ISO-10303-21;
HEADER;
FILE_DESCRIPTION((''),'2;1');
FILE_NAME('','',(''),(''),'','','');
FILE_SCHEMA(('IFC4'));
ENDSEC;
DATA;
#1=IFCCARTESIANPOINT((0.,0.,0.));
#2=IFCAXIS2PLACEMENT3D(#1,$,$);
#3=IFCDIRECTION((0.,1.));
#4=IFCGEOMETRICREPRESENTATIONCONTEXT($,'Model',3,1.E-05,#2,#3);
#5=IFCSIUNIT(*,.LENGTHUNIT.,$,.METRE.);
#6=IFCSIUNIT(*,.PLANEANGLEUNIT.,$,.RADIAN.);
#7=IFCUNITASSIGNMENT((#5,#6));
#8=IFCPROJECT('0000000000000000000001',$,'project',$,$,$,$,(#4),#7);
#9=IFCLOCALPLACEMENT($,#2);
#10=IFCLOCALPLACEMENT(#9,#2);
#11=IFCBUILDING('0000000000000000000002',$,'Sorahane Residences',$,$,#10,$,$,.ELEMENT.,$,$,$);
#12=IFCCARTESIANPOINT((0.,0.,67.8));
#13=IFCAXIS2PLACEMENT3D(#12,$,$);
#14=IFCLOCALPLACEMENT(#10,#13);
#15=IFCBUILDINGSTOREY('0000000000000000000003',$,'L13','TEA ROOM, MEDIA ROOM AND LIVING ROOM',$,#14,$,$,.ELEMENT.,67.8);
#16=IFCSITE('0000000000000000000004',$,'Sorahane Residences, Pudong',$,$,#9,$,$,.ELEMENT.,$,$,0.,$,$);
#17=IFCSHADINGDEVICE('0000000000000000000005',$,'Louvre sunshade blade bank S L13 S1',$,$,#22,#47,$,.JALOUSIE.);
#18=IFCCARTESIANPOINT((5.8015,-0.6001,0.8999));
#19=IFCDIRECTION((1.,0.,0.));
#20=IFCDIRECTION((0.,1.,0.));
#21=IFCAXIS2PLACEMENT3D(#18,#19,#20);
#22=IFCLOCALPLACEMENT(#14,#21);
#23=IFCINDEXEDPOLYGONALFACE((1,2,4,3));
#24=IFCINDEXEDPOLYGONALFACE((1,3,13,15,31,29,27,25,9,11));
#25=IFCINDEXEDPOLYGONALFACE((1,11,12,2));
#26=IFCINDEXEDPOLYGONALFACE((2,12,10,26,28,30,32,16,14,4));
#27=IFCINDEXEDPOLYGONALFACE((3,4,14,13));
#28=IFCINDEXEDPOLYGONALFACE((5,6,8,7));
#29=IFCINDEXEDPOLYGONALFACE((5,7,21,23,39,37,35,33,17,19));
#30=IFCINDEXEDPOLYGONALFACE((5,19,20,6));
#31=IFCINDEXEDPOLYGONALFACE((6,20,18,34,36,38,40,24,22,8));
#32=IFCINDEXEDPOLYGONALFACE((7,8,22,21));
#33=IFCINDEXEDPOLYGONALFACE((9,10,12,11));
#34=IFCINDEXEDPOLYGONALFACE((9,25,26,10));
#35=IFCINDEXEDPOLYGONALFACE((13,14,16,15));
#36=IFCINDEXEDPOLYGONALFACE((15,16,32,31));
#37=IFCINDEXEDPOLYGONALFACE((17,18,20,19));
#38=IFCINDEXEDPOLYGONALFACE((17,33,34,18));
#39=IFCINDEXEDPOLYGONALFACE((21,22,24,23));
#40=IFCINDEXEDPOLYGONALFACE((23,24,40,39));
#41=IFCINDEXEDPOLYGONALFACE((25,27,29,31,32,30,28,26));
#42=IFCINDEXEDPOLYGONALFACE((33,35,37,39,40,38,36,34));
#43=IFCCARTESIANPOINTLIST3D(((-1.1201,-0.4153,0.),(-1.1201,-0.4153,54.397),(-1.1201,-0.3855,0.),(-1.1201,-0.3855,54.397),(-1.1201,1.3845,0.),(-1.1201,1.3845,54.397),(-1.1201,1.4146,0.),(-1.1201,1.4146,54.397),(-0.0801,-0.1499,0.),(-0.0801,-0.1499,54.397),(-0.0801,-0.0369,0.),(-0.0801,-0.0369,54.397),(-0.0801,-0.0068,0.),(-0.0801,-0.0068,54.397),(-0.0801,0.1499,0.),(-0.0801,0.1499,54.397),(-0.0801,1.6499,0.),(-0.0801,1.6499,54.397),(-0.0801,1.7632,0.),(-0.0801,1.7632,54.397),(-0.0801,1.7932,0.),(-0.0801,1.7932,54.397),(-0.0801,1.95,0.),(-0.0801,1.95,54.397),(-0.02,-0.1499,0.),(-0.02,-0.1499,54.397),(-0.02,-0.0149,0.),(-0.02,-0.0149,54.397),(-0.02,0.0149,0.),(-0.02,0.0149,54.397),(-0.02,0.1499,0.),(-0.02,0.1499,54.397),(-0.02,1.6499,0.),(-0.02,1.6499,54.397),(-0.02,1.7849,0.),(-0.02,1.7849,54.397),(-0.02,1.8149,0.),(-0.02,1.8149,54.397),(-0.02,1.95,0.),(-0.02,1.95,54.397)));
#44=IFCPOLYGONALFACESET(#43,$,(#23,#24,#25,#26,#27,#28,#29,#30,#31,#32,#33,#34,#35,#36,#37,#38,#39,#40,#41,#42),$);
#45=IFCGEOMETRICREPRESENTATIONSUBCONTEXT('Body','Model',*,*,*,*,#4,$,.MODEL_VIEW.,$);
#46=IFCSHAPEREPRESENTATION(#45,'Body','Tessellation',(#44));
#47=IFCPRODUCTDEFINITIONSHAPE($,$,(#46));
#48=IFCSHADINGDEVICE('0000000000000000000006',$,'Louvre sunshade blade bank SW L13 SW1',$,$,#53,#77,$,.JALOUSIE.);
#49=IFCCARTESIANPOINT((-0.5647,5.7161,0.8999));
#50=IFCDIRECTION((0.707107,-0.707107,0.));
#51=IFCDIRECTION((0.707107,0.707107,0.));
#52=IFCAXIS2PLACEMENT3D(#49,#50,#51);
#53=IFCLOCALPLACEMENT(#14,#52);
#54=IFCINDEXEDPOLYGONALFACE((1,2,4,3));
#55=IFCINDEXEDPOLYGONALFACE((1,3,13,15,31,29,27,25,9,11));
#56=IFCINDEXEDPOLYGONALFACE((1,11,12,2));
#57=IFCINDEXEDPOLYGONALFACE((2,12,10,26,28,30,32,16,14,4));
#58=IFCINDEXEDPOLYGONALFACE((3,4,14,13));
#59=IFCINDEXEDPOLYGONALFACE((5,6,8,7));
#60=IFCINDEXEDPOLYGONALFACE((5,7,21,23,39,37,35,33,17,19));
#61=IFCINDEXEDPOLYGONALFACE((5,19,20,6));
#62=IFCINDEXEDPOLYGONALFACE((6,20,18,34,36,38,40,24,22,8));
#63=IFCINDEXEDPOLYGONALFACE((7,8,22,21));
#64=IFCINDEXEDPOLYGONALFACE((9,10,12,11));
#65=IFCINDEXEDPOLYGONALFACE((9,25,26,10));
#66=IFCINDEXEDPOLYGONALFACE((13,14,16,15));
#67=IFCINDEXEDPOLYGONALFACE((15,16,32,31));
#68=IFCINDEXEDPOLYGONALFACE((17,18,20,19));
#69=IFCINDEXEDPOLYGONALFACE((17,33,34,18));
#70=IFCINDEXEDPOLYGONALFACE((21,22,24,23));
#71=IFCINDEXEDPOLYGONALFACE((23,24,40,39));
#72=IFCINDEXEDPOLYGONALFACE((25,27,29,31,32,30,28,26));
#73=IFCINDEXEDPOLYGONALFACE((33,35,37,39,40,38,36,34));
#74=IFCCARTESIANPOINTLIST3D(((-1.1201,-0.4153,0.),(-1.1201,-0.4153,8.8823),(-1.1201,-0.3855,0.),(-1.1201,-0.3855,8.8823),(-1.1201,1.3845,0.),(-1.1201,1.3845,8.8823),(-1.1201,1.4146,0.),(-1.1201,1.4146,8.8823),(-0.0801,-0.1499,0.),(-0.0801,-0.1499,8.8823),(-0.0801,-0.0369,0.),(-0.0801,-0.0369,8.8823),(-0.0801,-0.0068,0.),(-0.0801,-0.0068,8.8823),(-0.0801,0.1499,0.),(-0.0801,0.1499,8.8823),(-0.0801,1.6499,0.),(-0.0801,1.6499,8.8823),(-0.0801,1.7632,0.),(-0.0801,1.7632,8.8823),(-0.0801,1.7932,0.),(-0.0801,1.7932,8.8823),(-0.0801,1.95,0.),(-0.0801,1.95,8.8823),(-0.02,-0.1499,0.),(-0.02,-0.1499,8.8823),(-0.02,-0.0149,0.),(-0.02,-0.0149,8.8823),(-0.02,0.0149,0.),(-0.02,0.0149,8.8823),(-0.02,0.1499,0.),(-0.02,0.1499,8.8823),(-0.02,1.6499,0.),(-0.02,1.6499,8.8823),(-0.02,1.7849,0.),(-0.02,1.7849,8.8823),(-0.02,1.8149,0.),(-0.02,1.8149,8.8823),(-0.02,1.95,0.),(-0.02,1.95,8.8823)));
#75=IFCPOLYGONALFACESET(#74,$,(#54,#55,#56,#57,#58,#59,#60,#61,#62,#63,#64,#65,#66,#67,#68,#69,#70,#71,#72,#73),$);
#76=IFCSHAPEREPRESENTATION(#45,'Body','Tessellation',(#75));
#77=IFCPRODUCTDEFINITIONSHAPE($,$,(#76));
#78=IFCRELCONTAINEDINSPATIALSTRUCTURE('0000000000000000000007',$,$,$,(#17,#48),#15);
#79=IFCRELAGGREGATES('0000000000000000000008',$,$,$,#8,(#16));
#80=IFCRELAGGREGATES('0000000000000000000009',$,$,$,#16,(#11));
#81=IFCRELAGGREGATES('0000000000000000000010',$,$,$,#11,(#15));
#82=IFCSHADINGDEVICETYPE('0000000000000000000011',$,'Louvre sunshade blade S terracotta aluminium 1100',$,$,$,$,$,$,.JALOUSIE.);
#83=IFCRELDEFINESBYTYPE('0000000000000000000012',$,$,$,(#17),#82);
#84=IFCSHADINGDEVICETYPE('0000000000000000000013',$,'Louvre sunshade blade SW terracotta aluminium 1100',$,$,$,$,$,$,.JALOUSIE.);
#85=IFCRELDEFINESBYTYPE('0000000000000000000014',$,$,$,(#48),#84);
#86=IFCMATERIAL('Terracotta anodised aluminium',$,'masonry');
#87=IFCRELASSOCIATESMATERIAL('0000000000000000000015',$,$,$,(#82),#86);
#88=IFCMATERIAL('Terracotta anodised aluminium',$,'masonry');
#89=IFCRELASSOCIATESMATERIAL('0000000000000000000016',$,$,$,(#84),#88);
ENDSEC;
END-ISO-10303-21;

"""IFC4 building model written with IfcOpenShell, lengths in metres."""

from ifc_helpers import new_model, si_unit, direction, frame, origin, place, context, subcontext, project, spatial, polyline, outline, composite_profile, extrude, material, type_object, element, save


model = new_model("IFC4")

# Units and contexts
model_context = context("Model", 3, precision=1e-05, world=origin(), true_north=direction((0.0, 1.0)))
body_context = subcontext(model_context, "Body", "Model", "MODEL_VIEW")
ifc_project = project(units=[si_unit("LENGTHUNIT", "METRE"), si_unit("PLANEANGLEUNIT", "RADIAN")], contexts=[model_context])

# Site, building, storey
site_placement = place(None, origin())
site = spatial("IfcSite", under=ifc_project, at=site_placement, Name="Sorahane Residences, Pudong", CompositionType="ELEMENT", RefElevation=0.0)
building_placement = place(site_placement, origin())
building = spatial("IfcBuilding", under=site, at=building_placement, Name="Sorahane Residences", CompositionType="ELEMENT")
storey_placement = place(building_placement, frame((0.0, 0.0, 67.8)))
storey = spatial("IfcBuildingStorey", under=building, at=storey_placement, Name="L13", Description="TEA ROOM, MEDIA ROOM AND LIVING ROOM", CompositionType="ELEMENT", Elevation=67.8)

# Shading devices
ifc_material_1 = material(Name="Terracotta anodised aluminium", Category="masonry")
shading_device_type_1 = type_object("IfcShadingDeviceType", Name="Louvre sunshade blade S terracotta aluminium 1100", PredefinedType="JALOUSIE", material=ifc_material_1)
shading_device_1_placement = place(storey_placement, frame((5.8015, -0.6001, 0.8999), z_axis=(1.0, 0.0, 0.0), x_axis=(0.0, 1.0, 0.0)))
element("IfcShadingDevice", 1, at=shading_device_1_placement, inside=storey, type_object=shading_device_type_1, Name="Louvre sunshade blade bank S L13 S1", PredefinedType="JALOUSIE", context=body_context, shape_type="SweptSolid", body=[
    extrude(composite_profile([outline(polyline([(-1.1201, -0.3855), (-1.1201, -0.4153), (-0.0801, -0.0369), (-0.0801, -0.1499), (-0.02, -0.1499), (-0.02, -0.0149), (-0.02, 0.0149), (-0.02, 0.1499), (-0.0801, 0.1499), (-0.0801, -0.0068), (-1.1201, -0.3855)])), outline(polyline([(-1.1201, 1.4146), (-1.1201, 1.3845), (-0.0801, 1.7632), (-0.0801, 1.6499), (-0.02, 1.6499), (-0.02, 1.7849), (-0.02, 1.8149), (-0.02, 1.95), (-0.0801, 1.95), (-0.0801, 1.7932), (-1.1201, 1.4146)]))]), origin(), (0.0, 0.0, 1.0), 54.397),
])
ifc_material_2 = material(Name="Terracotta anodised aluminium", Category="masonry")
shading_device_type_2 = type_object("IfcShadingDeviceType", Name="Louvre sunshade blade SW terracotta aluminium 1100", PredefinedType="JALOUSIE", material=ifc_material_2)
shading_device_2_placement = place(storey_placement, frame((-0.5647, 5.7161, 0.8999), z_axis=(0.707107, -0.707107, 0.0), x_axis=(0.707107, 0.707107, 0.0)))
element("IfcShadingDevice", 2, at=shading_device_2_placement, inside=storey, type_object=shading_device_type_2, Name="Louvre sunshade blade bank SW L13 SW1", PredefinedType="JALOUSIE", context=body_context, shape_type="SweptSolid", body=[
    extrude(composite_profile([outline(polyline([(-1.1201, -0.3855), (-1.1201, -0.4153), (-0.0801, -0.0369), (-0.0801, -0.1499), (-0.02, -0.1499), (-0.02, -0.0149), (-0.02, 0.0149), (-0.02, 0.1499), (-0.0801, 0.1499), (-0.0801, -0.0068), (-1.1201, -0.3855)])), outline(polyline([(-1.1201, 1.4146), (-1.1201, 1.3845), (-0.0801, 1.7632), (-0.0801, 1.6499), (-0.02, 1.6499), (-0.02, 1.7849), (-0.02, 1.8149), (-0.02, 1.95), (-0.0801, 1.95), (-0.0801, 1.7932), (-1.1201, 1.4146)]))]), origin(), (0.0, 0.0, 1.0), 8.8823),
])

save(model, "model.ifc")
